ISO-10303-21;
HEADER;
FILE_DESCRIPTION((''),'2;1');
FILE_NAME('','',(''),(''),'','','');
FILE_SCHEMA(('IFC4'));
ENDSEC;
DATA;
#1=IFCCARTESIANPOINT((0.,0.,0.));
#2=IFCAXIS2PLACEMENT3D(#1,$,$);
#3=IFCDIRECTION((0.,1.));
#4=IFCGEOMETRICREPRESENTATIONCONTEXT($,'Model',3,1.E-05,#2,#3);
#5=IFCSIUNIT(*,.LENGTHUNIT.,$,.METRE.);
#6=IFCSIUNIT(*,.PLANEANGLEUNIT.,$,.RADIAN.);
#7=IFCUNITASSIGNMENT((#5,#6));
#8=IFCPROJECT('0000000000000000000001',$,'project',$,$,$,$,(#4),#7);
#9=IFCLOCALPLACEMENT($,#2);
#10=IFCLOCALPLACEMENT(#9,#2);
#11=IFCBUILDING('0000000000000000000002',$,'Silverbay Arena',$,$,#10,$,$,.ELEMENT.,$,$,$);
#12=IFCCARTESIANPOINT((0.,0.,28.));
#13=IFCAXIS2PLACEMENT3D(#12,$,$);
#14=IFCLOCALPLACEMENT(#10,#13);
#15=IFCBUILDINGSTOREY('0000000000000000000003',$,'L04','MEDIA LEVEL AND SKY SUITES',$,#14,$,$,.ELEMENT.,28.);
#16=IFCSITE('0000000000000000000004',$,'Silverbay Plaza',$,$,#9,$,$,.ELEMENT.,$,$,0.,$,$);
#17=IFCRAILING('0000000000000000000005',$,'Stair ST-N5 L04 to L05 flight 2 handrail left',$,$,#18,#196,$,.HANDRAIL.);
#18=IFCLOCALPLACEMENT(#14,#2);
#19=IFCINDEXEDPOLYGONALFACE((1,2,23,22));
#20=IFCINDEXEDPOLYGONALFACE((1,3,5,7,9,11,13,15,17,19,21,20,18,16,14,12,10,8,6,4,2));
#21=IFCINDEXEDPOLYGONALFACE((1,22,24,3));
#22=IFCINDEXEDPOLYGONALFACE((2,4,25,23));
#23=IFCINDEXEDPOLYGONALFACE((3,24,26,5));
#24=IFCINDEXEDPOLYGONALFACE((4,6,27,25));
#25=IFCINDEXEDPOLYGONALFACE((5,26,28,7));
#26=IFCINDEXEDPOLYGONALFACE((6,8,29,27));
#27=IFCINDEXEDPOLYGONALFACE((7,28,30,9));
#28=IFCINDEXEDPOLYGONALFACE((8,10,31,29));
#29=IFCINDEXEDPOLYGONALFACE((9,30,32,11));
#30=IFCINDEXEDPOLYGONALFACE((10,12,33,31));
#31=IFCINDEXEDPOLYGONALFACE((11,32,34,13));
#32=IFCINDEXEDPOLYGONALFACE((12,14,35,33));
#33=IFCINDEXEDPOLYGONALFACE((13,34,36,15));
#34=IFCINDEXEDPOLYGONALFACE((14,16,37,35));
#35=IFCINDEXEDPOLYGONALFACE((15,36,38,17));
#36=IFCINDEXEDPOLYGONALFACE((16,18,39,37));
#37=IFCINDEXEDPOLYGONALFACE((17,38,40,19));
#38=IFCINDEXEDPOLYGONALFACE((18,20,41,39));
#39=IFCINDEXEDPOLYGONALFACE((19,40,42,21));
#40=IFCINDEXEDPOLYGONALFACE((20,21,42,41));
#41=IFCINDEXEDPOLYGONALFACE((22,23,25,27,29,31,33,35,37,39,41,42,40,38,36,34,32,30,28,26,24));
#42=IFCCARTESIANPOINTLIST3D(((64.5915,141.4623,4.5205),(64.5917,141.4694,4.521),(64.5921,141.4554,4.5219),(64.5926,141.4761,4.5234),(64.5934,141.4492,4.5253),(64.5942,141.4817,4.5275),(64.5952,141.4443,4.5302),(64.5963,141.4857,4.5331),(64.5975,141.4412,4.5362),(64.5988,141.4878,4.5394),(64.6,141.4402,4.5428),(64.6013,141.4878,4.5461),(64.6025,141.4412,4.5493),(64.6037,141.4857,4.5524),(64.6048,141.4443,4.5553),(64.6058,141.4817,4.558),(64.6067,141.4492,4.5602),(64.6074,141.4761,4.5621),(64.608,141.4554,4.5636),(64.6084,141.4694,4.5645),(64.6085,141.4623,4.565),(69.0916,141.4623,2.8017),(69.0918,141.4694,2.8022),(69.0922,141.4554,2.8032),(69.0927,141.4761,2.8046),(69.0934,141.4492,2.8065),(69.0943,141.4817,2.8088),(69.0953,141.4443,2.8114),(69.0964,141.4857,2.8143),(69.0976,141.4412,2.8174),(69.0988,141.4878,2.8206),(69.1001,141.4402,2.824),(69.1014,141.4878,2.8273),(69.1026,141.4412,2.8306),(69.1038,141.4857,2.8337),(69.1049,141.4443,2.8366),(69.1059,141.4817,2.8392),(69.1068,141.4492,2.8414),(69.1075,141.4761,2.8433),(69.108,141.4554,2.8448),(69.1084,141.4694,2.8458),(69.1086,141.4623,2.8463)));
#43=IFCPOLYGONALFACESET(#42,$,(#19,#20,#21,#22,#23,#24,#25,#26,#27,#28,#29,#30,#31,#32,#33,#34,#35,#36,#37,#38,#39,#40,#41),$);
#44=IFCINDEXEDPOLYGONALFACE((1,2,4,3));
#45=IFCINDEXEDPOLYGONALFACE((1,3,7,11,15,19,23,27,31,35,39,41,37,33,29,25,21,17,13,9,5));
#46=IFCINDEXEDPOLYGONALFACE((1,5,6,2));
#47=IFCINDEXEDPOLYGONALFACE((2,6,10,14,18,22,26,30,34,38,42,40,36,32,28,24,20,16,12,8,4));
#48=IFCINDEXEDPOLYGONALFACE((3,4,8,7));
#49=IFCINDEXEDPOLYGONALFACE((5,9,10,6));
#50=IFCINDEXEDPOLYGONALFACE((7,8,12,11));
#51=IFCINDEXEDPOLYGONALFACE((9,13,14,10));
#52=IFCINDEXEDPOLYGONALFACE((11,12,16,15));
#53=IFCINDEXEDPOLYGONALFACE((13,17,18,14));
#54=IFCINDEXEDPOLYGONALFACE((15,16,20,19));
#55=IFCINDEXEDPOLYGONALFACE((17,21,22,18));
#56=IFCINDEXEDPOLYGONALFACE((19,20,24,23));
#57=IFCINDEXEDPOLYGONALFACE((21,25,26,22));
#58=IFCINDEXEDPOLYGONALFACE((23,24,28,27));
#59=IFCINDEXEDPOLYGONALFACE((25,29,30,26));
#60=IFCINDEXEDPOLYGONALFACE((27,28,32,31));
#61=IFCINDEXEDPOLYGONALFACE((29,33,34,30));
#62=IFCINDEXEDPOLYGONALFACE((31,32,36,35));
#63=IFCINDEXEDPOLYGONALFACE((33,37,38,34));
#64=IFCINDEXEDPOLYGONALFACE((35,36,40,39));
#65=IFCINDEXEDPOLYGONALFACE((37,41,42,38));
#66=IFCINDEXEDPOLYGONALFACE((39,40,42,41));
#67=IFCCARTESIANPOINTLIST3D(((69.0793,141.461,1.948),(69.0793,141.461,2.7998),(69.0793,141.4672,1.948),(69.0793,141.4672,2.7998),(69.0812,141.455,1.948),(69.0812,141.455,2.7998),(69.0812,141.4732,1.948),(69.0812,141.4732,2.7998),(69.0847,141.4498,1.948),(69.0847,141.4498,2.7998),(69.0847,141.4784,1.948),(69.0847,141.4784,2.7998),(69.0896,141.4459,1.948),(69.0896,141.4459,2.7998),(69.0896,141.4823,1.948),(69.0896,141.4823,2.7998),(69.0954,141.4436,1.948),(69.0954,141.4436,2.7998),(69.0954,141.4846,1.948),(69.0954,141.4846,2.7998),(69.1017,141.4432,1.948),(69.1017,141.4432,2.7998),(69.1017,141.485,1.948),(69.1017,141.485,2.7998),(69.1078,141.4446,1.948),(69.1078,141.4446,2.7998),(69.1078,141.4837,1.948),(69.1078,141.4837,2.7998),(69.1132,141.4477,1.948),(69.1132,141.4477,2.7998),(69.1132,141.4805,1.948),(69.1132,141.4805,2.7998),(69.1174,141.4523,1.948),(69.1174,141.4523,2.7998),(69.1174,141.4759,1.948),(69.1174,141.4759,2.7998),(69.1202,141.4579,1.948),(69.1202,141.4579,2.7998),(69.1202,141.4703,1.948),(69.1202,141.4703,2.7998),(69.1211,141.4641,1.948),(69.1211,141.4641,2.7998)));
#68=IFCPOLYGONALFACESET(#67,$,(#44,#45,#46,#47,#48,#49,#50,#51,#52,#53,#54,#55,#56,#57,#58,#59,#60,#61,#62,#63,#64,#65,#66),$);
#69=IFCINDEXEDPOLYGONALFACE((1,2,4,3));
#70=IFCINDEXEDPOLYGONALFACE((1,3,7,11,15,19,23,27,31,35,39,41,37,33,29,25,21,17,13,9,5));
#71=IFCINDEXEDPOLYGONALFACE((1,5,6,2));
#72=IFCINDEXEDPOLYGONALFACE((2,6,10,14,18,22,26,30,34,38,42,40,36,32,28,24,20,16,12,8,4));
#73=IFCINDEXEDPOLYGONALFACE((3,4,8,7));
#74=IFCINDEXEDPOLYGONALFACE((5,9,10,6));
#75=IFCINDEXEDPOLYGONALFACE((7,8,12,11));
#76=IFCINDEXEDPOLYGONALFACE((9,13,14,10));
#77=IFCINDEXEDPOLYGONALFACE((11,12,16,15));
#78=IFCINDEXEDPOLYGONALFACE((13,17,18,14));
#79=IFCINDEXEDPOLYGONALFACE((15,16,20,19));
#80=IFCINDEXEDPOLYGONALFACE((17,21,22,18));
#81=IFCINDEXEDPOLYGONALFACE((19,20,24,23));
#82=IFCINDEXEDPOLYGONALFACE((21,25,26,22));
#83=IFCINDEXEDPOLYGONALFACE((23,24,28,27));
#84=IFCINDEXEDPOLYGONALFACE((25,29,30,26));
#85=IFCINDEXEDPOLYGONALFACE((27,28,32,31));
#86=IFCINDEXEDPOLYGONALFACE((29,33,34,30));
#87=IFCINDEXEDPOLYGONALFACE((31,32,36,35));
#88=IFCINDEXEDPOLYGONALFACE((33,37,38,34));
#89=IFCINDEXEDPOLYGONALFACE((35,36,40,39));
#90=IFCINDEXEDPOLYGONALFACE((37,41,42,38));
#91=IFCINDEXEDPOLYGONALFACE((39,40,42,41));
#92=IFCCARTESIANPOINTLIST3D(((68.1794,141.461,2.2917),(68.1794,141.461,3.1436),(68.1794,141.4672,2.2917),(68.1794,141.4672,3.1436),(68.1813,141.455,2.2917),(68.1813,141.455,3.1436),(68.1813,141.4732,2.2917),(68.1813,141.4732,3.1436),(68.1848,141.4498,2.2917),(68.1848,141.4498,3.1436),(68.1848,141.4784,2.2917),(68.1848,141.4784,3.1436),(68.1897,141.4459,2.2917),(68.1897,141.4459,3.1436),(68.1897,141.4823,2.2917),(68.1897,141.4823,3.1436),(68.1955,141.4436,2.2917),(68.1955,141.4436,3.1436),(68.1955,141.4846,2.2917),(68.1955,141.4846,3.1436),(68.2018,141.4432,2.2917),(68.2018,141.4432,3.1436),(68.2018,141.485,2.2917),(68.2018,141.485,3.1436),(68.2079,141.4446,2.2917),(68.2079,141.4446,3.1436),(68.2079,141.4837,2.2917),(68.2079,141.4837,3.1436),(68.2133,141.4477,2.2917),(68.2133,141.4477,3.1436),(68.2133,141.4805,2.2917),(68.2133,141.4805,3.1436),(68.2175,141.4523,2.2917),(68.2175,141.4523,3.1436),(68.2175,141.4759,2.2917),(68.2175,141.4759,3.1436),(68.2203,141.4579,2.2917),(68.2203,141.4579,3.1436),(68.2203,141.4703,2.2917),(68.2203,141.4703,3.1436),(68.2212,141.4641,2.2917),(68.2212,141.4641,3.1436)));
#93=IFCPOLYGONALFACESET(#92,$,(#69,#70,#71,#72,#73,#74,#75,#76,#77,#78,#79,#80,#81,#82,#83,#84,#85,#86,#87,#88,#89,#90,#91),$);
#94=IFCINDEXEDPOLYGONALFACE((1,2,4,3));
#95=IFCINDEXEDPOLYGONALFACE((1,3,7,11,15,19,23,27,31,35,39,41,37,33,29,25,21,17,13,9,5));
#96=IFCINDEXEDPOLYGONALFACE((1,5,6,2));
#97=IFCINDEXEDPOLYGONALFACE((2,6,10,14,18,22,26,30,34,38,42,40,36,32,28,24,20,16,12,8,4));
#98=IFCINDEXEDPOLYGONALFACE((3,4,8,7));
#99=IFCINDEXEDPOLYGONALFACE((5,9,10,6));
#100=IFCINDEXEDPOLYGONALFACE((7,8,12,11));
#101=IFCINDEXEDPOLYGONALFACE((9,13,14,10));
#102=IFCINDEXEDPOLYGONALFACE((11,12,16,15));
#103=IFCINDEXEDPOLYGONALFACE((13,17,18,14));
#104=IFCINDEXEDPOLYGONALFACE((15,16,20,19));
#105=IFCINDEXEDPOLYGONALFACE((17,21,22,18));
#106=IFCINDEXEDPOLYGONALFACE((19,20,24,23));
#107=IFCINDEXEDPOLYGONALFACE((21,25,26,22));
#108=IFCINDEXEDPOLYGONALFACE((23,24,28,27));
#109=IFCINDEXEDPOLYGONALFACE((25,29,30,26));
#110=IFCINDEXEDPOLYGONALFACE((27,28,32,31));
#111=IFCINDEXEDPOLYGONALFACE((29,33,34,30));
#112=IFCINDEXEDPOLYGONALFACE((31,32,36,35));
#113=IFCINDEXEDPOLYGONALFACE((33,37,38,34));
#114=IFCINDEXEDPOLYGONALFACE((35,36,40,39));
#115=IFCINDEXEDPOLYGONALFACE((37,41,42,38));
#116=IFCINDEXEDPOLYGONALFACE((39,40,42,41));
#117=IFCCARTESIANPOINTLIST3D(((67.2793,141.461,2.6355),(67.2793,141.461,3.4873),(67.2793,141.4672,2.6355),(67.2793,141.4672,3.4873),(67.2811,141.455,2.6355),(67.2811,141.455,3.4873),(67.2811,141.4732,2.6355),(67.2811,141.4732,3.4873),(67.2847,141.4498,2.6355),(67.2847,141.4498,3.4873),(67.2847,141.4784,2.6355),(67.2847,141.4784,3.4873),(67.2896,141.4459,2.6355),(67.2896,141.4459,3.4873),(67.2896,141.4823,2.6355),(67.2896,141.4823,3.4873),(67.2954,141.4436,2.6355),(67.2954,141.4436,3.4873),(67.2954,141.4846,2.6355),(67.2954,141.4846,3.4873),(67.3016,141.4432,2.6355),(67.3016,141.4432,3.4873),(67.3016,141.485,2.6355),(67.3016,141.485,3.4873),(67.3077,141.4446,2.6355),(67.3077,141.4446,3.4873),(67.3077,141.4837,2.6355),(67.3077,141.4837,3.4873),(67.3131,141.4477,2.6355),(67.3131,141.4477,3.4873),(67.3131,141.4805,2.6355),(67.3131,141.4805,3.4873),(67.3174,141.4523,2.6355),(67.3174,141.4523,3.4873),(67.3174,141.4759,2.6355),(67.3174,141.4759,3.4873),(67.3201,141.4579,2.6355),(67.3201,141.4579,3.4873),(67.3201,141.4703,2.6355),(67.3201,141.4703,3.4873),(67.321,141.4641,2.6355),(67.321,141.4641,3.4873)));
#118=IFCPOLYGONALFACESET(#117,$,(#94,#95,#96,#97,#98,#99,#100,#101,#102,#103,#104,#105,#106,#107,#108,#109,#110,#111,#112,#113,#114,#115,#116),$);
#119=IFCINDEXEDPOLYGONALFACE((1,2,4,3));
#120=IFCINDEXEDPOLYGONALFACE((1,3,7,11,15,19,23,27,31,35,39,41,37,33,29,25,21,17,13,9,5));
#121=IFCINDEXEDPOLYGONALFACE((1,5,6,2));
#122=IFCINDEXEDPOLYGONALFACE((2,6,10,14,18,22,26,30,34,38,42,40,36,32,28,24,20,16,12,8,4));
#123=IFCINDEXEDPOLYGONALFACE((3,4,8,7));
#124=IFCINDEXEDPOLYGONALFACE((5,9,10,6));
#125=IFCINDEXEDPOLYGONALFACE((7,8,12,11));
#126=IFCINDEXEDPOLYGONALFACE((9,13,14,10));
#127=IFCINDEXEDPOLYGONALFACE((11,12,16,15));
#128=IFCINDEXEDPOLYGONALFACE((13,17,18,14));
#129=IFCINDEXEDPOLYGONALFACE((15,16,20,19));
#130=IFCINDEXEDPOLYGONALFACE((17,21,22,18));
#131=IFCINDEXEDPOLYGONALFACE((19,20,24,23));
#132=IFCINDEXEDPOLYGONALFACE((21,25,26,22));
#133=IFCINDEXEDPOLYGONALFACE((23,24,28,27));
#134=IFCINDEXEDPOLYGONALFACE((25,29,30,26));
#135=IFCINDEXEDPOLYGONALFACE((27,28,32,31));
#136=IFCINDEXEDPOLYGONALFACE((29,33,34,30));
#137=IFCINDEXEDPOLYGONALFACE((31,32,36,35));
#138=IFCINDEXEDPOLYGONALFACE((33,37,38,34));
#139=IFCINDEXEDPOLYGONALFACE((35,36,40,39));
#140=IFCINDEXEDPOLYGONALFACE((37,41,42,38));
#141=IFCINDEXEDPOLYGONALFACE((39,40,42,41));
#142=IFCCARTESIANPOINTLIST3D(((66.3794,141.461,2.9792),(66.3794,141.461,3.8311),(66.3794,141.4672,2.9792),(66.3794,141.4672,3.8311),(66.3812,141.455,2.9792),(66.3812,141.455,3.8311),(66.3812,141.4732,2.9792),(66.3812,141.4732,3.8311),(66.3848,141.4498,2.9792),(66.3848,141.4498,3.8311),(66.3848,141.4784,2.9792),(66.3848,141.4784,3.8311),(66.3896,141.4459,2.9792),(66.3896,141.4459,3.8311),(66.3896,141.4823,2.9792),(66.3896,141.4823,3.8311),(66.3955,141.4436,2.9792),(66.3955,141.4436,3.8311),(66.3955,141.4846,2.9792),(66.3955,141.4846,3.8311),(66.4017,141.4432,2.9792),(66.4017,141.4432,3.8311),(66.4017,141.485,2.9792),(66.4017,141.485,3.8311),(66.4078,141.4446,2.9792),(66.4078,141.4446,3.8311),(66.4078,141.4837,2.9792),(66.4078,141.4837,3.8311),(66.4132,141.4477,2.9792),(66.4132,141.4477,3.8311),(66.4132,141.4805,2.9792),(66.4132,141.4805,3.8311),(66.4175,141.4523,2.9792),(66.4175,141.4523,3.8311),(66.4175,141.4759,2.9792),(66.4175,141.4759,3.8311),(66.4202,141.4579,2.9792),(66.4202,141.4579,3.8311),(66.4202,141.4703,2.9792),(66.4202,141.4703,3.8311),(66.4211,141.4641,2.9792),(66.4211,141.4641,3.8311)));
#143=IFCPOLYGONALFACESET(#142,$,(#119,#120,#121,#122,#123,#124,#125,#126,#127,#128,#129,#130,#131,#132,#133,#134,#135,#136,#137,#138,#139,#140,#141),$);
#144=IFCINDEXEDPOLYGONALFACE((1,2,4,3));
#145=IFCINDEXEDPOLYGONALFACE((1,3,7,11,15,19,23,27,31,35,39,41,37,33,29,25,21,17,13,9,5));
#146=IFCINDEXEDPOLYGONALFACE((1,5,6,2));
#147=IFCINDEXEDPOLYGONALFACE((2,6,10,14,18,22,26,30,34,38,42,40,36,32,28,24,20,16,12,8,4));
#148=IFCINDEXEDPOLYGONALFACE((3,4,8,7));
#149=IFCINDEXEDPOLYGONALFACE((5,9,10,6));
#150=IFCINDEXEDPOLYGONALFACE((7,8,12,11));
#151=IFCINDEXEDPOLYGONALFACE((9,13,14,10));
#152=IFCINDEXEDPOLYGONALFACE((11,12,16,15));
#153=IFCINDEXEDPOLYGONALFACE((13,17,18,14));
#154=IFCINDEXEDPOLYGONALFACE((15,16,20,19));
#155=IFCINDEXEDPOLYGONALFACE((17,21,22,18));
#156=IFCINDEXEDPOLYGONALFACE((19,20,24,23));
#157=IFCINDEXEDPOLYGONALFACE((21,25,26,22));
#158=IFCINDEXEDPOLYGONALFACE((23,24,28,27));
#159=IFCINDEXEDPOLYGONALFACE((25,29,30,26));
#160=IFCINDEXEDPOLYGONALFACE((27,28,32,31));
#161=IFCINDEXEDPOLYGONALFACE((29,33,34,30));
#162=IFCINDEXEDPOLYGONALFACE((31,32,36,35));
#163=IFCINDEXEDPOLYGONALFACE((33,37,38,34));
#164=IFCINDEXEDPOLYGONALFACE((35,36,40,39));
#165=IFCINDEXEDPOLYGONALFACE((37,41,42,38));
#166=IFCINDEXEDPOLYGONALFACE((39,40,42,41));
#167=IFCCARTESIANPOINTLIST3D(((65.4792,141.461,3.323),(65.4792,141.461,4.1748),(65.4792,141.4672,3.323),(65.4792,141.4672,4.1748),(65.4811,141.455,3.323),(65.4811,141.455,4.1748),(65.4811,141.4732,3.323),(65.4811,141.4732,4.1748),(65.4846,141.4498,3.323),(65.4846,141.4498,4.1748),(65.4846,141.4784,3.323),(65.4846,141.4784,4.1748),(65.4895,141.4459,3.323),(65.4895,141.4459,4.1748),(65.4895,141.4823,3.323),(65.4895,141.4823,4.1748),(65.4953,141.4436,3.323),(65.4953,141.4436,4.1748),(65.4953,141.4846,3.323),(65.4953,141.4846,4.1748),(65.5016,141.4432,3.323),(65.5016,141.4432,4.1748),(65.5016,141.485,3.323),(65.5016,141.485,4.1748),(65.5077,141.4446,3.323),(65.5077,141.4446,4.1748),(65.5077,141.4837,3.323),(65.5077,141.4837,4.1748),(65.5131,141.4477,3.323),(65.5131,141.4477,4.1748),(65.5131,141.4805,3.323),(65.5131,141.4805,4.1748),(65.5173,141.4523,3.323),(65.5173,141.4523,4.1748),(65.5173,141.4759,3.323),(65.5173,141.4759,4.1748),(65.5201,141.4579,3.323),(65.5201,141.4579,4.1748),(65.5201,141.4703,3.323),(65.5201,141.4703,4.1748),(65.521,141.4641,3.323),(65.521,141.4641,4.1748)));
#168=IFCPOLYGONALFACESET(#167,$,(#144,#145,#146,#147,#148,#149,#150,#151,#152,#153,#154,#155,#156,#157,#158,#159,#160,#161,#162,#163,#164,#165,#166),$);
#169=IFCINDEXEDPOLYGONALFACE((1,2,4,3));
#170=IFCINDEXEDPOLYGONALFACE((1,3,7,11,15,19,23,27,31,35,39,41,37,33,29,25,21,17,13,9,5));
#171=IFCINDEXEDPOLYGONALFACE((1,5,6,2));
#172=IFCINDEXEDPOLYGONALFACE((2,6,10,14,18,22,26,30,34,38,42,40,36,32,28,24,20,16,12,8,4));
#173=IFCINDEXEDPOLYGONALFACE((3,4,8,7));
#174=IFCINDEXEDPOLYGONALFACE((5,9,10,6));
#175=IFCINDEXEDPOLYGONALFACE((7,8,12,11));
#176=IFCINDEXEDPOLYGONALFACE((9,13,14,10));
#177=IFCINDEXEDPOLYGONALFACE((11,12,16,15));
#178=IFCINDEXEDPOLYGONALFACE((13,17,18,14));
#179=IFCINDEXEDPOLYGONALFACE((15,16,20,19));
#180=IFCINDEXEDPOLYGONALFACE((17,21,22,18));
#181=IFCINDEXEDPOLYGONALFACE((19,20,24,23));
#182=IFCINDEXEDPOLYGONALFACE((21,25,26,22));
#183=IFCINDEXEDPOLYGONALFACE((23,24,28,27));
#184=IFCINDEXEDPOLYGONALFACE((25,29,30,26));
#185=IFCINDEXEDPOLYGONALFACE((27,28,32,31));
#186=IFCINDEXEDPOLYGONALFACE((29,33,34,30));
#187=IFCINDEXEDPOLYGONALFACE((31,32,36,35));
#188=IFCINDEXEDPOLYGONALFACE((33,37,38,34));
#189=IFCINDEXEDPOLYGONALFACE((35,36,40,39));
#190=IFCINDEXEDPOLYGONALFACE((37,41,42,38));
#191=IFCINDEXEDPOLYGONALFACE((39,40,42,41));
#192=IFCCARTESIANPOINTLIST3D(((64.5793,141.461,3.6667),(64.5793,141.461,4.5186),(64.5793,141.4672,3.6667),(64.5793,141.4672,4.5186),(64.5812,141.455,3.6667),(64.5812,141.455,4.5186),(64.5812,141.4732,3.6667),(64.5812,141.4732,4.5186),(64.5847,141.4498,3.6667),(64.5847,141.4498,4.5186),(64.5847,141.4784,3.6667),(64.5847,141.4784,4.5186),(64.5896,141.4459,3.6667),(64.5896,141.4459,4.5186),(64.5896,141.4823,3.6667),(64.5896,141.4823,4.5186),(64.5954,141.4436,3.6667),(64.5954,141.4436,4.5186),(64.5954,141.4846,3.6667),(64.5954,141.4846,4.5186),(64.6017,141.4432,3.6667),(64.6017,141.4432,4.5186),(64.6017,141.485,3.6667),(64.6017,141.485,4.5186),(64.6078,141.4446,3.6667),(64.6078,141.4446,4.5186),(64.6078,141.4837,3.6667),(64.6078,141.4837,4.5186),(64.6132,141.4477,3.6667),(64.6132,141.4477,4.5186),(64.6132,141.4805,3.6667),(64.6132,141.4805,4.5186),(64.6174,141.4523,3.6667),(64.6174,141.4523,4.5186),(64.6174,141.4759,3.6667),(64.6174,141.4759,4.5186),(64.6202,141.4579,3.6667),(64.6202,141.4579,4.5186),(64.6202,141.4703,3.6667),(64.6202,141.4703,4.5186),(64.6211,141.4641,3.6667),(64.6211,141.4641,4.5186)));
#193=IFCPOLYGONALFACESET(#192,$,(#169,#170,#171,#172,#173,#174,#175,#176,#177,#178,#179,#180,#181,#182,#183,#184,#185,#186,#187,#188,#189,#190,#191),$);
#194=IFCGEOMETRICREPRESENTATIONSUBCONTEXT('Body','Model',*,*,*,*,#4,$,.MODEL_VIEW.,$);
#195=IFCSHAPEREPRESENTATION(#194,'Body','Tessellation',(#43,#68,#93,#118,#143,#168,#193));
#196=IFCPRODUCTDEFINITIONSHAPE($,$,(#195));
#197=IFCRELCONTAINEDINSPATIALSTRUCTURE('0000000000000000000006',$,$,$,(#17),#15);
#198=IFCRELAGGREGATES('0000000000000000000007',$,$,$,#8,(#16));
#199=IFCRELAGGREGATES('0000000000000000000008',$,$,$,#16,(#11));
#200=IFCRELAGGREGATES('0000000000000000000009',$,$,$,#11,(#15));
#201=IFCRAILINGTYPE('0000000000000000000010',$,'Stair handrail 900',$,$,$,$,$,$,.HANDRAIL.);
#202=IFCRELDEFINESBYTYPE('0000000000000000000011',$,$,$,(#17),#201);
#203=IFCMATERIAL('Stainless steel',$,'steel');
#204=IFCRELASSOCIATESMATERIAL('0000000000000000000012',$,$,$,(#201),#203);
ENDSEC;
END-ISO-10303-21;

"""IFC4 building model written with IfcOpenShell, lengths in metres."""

from ifc_helpers import new_model, si_unit, direction, frame, origin, origin_2d, place, context, subcontext, project, spatial, circle, extrude, material, type_object, element, save


model = new_model("IFC4")

# Units and contexts
model_context = context("Model", 3, precision=1e-05, world=origin(), true_north=direction((0.0, 1.0)))
body_context = subcontext(model_context, "Body", "Model", "MODEL_VIEW")
ifc_project = project(units=[si_unit("LENGTHUNIT", "METRE"), si_unit("PLANEANGLEUNIT", "RADIAN")], contexts=[model_context])

# Site, building, storey
site_placement = place(None, origin())
site = spatial("IfcSite", under=ifc_project, at=site_placement, Name="Silverbay Plaza", CompositionType="ELEMENT", RefElevation=0.0)
building_placement = place(site_placement, origin())
building = spatial("IfcBuilding", under=site, at=building_placement, Name="Silverbay Arena", CompositionType="ELEMENT")
storey_placement = place(building_placement, frame((0.0, 0.0, 28.0)))
storey = spatial("IfcBuildingStorey", under=building, at=storey_placement, Name="L04", Description="MEDIA LEVEL AND SKY SUITES", CompositionType="ELEMENT", Elevation=28.0)

# Railing
ifc_material_1 = material(Name="Stainless steel", Category="steel")
railing_type_1 = type_object("IfcRailingType", Name="Stair handrail 900", PredefinedType="HANDRAIL", material=ifc_material_1)
for number, where, name in (
    (1, (69.1001, 141.4641, 1.948), "Stair ST-N5 L04 to L05 flight 2 handrail left"),
):
    element("IfcRailing", number, at=place(storey_placement, frame(where)), inside=storey, type_object=railing_type_1, Name=name, PredefinedType="HANDRAIL", context=body_context, shape_type="SweptSolid", body=[
        extrude(circle(Radius=0.0239, at=origin_2d()), frame((0.0, 0.0, 0.876), z_axis=(-0.934179, 0.0, 0.356805), x_axis=(0.0, -1.0, 0.0)), (0.0, 0.0, 1.0), 4.8171),
        extrude(circle(Radius=0.021, at=origin_2d()), origin(), (0.0, 0.0, 1.0), 0.8518),
        extrude(circle(Radius=0.021, at=origin_2d()), frame((-0.8999, 0.0, 0.3438)), (0.0, 0.0, 1.0), 0.8518),
        extrude(circle(Radius=0.021, at=origin_2d()), frame((-1.8, 0.0, 0.6875)), (0.0, 0.0, 1.0), 0.8518),
        extrude(circle(Radius=0.021, at=origin_2d()), frame((-2.7, 0.0, 1.0312)), (0.0, 0.0, 1.0), 0.8518),
        extrude(circle(Radius=0.021, at=origin_2d()), frame((-3.6001, 0.0, 1.375)), (0.0, 0.0, 1.0), 0.8518),
        extrude(circle(Radius=0.021, at=origin_2d()), frame((-4.5, 0.0, 1.7188)), (0.0, 0.0, 1.0), 0.8518),
    ])

save(model, "model.ifc")
